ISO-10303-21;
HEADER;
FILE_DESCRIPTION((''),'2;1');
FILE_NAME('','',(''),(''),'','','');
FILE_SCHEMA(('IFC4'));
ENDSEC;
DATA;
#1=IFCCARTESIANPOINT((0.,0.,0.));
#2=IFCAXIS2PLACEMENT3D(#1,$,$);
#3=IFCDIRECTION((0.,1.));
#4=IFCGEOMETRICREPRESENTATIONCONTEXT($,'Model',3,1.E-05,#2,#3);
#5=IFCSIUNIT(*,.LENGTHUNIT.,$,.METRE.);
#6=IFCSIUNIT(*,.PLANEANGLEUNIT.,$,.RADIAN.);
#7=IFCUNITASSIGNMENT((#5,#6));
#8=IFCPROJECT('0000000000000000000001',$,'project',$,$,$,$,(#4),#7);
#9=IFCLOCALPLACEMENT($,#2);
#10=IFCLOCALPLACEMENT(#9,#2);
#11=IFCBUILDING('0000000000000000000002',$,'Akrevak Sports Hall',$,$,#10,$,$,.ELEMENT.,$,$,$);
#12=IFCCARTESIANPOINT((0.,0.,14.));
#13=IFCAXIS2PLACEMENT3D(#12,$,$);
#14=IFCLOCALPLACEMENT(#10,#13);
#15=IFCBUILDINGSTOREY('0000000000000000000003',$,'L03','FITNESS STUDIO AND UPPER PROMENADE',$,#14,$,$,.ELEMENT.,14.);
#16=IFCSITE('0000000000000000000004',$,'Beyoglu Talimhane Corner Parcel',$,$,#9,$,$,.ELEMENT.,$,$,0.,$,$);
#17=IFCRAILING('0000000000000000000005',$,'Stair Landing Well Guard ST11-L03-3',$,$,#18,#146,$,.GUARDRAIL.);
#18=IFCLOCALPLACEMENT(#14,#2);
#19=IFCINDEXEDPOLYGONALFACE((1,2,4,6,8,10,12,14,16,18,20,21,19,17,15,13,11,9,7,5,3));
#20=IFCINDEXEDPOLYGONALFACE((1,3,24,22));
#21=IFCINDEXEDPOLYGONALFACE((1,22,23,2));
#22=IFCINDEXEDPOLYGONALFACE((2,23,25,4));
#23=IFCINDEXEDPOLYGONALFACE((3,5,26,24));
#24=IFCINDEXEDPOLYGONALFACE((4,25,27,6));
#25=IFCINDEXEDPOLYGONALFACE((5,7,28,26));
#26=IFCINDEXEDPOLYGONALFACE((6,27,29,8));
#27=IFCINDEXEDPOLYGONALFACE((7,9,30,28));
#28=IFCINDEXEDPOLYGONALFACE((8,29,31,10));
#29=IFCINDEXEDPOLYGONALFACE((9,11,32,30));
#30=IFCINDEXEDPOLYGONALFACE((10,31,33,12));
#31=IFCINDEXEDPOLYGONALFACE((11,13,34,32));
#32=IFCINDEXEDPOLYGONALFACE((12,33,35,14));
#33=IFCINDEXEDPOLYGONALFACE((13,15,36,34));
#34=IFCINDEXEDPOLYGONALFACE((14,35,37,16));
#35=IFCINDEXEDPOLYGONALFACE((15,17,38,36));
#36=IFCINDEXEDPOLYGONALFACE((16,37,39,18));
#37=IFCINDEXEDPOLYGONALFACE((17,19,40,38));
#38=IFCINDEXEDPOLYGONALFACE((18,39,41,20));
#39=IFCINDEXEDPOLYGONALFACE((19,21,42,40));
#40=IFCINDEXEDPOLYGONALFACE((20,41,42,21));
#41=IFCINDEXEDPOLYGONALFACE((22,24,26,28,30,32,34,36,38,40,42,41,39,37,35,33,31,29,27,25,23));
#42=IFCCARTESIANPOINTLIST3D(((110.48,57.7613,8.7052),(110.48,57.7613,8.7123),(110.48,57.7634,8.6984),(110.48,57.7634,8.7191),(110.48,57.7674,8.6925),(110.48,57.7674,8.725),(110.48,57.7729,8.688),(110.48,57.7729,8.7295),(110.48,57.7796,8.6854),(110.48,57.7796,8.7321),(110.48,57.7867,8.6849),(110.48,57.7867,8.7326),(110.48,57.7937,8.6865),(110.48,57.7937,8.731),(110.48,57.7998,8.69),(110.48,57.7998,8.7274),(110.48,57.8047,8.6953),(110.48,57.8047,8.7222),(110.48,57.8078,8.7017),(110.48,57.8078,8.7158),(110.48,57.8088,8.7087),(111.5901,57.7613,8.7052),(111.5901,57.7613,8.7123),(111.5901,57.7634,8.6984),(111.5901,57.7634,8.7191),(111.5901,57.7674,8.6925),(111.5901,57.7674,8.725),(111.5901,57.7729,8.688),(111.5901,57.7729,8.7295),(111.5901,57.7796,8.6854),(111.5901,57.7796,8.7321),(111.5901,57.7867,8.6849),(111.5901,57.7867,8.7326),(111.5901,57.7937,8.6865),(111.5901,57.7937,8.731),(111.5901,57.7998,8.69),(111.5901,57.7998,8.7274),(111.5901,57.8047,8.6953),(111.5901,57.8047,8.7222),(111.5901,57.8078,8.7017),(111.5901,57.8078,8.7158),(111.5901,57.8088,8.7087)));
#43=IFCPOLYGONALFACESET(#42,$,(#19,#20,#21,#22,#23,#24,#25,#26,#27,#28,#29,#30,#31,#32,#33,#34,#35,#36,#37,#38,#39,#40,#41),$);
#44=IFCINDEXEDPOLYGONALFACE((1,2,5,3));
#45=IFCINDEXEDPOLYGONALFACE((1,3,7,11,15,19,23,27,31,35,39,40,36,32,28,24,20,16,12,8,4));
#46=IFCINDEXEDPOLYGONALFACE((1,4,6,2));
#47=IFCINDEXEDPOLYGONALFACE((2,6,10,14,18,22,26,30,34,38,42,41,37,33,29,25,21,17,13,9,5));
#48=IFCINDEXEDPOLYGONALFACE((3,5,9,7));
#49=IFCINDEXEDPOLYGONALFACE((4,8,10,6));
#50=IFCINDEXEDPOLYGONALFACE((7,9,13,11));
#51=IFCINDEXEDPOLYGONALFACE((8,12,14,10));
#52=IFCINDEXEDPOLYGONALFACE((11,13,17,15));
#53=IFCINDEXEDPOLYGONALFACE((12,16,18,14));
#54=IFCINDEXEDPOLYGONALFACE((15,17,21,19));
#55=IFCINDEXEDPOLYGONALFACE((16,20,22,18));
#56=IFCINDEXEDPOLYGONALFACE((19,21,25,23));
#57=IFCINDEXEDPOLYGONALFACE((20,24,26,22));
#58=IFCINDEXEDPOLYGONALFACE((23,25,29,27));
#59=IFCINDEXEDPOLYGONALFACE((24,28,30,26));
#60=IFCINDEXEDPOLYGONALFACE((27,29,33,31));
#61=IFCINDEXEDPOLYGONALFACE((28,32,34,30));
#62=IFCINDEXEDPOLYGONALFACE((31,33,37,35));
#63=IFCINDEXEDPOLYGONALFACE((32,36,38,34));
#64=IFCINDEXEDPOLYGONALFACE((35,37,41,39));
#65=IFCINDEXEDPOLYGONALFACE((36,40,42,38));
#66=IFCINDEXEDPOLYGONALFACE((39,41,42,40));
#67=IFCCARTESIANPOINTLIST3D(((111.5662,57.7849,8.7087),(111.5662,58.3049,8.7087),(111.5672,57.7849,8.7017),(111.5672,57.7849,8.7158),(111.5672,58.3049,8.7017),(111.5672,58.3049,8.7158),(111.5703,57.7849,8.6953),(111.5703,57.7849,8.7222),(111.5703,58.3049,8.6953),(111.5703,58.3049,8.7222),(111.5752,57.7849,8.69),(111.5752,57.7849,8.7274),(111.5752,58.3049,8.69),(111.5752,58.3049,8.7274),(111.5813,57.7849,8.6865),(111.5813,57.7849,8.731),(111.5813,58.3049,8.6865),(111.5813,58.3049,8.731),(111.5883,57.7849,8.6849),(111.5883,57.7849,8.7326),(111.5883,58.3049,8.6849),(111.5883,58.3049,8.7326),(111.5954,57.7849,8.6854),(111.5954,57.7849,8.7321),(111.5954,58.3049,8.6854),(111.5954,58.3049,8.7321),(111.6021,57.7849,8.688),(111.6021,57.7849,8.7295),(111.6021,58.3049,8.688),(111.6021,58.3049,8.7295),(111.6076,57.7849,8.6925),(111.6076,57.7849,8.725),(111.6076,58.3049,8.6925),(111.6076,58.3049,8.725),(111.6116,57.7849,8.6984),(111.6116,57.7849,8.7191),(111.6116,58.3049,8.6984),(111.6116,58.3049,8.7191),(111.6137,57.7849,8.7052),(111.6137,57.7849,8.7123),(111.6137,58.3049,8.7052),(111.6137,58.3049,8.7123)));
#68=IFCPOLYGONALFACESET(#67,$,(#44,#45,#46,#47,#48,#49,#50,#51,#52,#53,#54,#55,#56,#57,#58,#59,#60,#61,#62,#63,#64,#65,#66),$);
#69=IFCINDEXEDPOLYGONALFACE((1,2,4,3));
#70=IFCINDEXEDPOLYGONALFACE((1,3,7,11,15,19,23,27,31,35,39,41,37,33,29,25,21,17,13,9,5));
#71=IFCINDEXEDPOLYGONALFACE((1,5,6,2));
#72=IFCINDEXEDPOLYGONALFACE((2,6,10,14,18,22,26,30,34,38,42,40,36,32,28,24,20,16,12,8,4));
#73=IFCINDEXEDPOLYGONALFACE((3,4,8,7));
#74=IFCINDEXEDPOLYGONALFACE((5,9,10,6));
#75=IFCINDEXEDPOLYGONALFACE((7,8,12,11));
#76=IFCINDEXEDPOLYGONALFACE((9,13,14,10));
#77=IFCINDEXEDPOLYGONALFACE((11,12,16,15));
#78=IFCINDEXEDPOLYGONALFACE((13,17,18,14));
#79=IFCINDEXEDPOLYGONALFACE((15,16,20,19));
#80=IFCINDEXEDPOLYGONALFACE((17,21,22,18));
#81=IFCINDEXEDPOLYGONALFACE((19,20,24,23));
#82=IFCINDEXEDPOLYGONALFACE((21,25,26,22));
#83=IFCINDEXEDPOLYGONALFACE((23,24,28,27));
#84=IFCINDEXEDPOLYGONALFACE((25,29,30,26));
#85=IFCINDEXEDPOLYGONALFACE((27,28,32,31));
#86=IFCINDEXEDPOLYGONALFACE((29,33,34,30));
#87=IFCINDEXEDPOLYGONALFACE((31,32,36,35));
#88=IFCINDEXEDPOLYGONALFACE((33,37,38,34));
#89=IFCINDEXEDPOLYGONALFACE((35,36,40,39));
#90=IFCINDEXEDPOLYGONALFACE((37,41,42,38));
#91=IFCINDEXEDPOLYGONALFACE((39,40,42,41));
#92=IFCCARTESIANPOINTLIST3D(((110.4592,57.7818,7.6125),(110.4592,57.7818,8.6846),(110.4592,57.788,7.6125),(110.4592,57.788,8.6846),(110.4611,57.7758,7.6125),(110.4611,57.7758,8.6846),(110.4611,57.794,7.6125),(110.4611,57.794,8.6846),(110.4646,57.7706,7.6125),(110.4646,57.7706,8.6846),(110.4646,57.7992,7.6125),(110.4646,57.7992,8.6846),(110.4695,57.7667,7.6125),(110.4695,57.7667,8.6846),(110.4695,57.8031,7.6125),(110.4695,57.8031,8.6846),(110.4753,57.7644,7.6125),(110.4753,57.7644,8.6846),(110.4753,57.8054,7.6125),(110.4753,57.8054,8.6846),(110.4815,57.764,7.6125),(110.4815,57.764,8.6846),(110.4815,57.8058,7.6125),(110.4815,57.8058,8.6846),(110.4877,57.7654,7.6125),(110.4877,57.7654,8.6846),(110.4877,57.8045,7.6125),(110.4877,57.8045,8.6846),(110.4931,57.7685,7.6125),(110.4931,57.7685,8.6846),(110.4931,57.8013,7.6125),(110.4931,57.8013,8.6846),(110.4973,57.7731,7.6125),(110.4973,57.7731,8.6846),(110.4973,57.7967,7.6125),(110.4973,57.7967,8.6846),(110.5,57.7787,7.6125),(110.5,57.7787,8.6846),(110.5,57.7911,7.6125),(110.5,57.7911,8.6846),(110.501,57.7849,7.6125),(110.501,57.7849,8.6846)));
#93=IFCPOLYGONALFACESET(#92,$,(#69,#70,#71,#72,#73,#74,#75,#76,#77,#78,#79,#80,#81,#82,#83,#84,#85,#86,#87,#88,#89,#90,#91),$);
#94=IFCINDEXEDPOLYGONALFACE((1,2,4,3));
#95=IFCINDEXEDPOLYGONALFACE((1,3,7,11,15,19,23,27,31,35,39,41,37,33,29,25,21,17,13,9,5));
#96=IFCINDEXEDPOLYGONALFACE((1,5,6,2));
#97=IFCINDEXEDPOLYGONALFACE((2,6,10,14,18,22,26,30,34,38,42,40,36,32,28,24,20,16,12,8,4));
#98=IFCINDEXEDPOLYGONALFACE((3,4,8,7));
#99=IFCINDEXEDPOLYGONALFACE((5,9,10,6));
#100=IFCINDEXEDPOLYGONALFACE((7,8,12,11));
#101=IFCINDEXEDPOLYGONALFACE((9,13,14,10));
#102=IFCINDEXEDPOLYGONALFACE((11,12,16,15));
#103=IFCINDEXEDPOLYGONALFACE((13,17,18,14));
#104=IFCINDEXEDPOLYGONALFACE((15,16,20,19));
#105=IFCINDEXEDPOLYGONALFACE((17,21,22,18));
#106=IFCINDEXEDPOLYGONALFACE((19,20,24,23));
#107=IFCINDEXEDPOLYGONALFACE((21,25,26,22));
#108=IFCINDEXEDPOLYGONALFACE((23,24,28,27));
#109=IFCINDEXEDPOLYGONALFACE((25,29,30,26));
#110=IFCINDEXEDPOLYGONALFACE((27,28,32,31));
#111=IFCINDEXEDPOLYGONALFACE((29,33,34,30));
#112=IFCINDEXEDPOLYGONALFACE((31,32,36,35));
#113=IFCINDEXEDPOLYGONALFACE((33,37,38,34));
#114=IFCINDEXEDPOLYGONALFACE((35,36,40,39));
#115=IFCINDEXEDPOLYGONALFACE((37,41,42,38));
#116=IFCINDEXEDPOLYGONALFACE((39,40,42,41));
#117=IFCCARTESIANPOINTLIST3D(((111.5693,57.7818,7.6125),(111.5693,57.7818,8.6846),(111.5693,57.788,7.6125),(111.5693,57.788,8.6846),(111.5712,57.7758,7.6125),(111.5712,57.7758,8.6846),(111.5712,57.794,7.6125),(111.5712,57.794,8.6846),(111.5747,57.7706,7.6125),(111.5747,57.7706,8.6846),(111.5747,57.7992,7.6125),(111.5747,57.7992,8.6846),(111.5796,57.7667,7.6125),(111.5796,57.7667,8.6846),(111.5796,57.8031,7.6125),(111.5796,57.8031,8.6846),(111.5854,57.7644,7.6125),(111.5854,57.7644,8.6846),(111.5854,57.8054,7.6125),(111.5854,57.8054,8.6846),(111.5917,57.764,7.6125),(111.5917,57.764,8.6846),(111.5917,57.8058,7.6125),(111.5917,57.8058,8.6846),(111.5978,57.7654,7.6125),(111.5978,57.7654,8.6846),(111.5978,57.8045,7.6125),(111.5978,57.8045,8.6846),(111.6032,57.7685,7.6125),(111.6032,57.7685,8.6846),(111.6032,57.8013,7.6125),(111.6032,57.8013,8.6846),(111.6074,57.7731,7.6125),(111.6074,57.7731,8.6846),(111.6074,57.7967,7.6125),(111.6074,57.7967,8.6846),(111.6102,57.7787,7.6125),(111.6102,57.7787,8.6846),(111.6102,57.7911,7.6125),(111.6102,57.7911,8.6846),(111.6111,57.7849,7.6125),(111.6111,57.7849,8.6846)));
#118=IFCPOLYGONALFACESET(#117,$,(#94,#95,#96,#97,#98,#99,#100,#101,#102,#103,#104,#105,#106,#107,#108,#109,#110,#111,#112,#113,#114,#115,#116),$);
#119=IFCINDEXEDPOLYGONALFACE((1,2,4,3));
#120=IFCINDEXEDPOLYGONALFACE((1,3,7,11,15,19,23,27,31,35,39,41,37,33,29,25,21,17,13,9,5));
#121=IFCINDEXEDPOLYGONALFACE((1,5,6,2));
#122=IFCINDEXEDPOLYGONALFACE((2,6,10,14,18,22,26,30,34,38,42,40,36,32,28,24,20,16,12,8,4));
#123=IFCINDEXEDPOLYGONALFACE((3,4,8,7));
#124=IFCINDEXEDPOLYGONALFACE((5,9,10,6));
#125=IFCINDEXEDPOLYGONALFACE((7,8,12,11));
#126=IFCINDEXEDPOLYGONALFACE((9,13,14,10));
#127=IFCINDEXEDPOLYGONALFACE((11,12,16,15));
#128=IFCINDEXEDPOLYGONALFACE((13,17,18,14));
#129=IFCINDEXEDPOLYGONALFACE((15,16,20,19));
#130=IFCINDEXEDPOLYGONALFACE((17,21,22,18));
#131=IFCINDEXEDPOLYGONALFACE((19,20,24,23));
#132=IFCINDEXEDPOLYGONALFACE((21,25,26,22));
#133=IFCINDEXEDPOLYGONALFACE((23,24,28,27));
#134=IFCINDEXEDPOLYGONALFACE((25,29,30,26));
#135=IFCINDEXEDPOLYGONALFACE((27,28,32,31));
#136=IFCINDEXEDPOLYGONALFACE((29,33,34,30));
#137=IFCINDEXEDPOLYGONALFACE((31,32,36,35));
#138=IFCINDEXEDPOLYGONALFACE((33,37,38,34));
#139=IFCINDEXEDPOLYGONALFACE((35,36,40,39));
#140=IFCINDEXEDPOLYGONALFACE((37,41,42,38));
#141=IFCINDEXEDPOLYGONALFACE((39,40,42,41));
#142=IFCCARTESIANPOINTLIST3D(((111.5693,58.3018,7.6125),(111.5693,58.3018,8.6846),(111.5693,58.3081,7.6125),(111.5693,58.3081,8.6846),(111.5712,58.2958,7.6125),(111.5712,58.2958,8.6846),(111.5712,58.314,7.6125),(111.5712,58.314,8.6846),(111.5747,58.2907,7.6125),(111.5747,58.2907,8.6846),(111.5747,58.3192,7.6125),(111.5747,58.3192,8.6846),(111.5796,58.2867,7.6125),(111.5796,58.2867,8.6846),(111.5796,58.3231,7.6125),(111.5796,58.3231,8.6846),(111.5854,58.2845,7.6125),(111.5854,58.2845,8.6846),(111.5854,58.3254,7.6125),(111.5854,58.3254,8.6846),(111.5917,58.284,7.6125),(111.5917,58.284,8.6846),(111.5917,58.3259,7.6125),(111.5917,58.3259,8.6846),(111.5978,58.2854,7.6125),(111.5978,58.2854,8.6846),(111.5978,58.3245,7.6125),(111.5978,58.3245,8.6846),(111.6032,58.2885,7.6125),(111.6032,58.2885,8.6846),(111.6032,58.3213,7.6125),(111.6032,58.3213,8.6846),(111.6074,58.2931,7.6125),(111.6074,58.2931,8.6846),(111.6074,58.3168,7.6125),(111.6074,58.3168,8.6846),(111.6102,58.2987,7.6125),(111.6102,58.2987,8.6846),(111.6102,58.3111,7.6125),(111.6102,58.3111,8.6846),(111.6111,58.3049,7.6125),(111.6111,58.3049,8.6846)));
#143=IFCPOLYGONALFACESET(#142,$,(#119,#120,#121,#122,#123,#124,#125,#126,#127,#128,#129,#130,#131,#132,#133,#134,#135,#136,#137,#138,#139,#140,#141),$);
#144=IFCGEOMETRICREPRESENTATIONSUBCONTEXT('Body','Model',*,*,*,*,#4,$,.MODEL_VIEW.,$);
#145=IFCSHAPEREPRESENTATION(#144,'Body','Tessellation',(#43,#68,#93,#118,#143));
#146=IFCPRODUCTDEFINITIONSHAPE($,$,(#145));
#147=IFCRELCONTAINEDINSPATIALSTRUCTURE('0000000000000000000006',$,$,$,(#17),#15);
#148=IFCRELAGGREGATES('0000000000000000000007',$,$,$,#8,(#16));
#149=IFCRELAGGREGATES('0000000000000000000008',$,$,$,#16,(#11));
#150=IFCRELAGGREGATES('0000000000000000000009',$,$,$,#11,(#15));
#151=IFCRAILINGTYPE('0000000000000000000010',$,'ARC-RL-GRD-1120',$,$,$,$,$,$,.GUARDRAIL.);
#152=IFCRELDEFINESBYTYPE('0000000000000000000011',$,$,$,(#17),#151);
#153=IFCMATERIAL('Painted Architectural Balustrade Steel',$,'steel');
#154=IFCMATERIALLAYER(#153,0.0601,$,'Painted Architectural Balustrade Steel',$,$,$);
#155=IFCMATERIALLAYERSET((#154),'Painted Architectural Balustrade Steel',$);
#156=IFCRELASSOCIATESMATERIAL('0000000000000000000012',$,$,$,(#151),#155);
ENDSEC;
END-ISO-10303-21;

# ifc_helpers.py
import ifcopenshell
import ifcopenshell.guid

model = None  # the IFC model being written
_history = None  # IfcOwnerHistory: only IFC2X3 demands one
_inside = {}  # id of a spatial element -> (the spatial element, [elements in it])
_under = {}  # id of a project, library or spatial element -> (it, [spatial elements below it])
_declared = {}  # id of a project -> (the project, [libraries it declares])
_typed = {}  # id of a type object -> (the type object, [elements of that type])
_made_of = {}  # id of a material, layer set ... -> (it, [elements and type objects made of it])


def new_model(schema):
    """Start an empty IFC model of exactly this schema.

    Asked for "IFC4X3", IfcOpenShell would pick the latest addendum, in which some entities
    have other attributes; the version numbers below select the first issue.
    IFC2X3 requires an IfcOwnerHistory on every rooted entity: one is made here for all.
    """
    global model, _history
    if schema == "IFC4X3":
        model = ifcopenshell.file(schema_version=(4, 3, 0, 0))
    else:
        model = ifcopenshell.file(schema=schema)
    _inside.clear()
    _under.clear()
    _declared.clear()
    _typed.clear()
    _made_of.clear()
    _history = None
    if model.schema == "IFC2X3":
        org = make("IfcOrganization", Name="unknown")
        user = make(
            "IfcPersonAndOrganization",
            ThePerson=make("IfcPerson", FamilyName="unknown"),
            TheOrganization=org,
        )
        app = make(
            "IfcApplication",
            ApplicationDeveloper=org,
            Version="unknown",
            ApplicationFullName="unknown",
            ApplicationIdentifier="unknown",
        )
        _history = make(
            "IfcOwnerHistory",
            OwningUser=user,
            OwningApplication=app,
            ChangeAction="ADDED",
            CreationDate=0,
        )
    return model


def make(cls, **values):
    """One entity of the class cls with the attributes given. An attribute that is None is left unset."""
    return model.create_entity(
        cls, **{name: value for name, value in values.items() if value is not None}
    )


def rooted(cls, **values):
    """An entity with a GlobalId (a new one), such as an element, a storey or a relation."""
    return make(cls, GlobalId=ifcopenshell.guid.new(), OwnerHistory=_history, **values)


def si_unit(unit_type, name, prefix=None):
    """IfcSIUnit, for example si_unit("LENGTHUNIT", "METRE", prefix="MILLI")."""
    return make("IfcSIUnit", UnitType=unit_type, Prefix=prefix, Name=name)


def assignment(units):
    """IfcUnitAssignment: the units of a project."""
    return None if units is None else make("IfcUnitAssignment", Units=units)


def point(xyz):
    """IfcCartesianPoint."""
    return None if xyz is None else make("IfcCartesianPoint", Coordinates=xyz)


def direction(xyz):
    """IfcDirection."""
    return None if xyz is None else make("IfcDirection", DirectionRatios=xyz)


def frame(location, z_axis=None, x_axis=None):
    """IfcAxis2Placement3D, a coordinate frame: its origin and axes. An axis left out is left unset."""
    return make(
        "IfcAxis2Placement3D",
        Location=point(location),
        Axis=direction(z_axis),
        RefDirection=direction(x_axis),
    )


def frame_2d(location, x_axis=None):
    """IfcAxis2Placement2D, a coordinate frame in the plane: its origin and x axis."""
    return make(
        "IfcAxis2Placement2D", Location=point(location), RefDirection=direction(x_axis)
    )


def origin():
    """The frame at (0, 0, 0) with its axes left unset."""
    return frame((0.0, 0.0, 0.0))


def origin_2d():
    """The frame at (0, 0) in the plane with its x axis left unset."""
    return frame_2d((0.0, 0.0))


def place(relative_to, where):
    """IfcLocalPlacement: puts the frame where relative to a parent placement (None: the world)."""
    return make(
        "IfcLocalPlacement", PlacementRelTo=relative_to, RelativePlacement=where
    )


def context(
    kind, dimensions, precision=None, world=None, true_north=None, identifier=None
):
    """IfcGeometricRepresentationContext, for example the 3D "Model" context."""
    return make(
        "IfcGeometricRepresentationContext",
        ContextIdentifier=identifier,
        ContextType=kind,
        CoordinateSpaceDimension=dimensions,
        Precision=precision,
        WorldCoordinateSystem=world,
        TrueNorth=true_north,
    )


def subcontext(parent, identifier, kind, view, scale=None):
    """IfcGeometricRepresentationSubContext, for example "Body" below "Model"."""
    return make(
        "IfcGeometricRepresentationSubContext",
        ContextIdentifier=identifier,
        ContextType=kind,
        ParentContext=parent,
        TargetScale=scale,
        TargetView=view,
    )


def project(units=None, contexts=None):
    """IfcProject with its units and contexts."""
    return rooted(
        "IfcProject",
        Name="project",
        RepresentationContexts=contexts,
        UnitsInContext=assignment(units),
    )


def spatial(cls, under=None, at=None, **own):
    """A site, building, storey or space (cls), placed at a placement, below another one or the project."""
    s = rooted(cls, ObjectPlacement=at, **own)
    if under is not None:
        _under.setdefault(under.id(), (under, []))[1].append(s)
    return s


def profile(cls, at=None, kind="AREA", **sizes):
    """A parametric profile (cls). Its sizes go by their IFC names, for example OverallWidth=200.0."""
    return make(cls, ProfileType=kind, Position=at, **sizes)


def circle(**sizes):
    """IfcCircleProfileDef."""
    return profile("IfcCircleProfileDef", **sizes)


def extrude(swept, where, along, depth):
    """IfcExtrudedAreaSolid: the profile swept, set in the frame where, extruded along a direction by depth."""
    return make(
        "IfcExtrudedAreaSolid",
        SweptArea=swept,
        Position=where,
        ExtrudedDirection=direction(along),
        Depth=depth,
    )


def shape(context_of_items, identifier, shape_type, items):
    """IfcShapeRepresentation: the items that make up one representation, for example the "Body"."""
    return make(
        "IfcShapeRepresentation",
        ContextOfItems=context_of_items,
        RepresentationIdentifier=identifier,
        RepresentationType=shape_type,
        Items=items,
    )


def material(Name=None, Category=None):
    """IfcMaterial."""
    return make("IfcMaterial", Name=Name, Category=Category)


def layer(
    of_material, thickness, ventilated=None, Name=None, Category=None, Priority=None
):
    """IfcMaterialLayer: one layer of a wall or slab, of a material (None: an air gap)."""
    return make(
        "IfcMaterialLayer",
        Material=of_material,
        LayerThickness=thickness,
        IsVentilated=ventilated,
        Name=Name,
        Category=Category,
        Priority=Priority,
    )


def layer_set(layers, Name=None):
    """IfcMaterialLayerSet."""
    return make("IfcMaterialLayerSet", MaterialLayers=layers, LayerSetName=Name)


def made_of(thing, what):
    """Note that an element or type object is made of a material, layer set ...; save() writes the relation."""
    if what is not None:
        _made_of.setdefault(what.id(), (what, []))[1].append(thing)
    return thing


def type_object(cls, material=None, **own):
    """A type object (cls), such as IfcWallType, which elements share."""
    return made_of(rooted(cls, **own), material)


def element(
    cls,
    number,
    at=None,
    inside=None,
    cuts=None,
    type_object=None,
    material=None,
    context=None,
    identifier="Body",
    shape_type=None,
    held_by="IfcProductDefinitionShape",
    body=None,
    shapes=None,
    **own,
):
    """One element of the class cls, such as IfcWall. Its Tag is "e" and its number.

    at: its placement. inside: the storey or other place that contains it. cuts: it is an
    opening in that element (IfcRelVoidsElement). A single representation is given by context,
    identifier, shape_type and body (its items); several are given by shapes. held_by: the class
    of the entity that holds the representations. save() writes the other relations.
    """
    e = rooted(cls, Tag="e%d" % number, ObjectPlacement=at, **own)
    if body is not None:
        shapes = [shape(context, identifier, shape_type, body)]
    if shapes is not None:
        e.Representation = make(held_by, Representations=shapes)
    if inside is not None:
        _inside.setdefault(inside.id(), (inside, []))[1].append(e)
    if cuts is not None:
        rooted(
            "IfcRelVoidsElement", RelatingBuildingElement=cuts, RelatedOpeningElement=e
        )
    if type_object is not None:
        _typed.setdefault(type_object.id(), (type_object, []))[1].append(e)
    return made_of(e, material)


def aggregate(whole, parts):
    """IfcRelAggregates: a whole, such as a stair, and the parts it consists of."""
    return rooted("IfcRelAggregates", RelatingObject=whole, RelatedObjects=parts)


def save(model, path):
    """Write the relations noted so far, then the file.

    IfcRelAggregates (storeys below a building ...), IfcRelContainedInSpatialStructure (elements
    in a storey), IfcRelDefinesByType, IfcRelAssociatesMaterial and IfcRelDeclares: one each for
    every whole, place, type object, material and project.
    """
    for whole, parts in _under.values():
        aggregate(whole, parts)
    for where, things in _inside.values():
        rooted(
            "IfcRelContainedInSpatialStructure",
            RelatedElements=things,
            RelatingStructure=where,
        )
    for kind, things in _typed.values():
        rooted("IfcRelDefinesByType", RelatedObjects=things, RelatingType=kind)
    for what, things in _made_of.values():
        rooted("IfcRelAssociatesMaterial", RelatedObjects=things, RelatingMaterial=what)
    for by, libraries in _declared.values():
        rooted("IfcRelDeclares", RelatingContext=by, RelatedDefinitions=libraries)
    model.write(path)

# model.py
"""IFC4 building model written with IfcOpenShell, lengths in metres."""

from ifc_helpers import new_model, si_unit, direction, frame, origin, origin_2d, place, context, subcontext, project, spatial, circle, extrude, material, layer, layer_set, type_object, element, save


model = new_model("IFC4")

# Units and contexts
model_context = context("Model", 3, precision=1e-05, world=origin(), true_north=direction((0.0, 1.0)))
body_context = subcontext(model_context, "Body", "Model", "MODEL_VIEW")
ifc_project = project(units=[si_unit("LENGTHUNIT", "METRE"), si_unit("PLANEANGLEUNIT", "RADIAN")], contexts=[model_context])

# Site, building, storey
site_placement = place(None, origin())
site = spatial("IfcSite", under=ifc_project, at=site_placement, Name="Beyoglu Talimhane Corner Parcel", CompositionType="ELEMENT", RefElevation=0.0)
building_placement = place(site_placement, origin())
building = spatial("IfcBuilding", under=site, at=building_placement, Name="Akrevak Sports Hall", CompositionType="ELEMENT")
storey_placement = place(building_placement, frame((0.0, 0.0, 14.0)))
storey = spatial("IfcBuildingStorey", under=building, at=storey_placement, Name="L03", Description="FITNESS STUDIO AND UPPER PROMENADE", CompositionType="ELEMENT", Elevation=14.0)

# Railing
ifc_material_1 = material(Name="Painted Architectural Balustrade Steel", Category="steel")
ifc_layer_1 = layer(ifc_material_1, 0.0601, Name="Painted Architectural Balustrade Steel")
ifc_layer_set_1 = layer_set([ifc_layer_1], Name="Painted Architectural Balustrade Steel")
railing_type_1 = type_object("IfcRailingType", Name="ARC-RL-GRD-1120", PredefinedType="GUARDRAIL", material=ifc_layer_set_1)
railing_1_placement = place(storey_placement, frame((110.48, 57.7849, 7.6125)))
element("IfcRailing", 1, at=railing_1_placement, inside=storey, type_object=railing_type_1, Name="Stair Landing Well Guard ST11-L03-3", PredefinedType="GUARDRAIL", context=body_context, shape_type="SweptSolid", body=[
    extrude(circle(Radius=0.0239, at=origin_2d()), frame((0.0, 0.0, 1.0962), z_axis=(1.0, 0.0, 0.0), x_axis=(0.0, 1.0, 0.0)), (0.0, 0.0, 1.0), 1.1101),
    extrude(circle(Radius=0.0239, at=origin_2d()), frame((1.1101, 0.0, 1.0962), z_axis=(0.0, 1.0, 0.0), x_axis=(-1.0, 0.0, 0.0)), (0.0, 0.0, 1.0), 0.52),
    extrude(circle(Radius=0.021, at=origin_2d()), origin(), (0.0, 0.0, 1.0), 1.072),
    extrude(circle(Radius=0.021, at=origin_2d()), frame((1.1101, 0.0, 0.0)), (0.0, 0.0, 1.0), 1.072),
    extrude(circle(Radius=0.021, at=origin_2d()), frame((1.1101, 0.52, 0.0)), (0.0, 0.0, 1.0), 1.072),
])

save(model, "model.ifc")
